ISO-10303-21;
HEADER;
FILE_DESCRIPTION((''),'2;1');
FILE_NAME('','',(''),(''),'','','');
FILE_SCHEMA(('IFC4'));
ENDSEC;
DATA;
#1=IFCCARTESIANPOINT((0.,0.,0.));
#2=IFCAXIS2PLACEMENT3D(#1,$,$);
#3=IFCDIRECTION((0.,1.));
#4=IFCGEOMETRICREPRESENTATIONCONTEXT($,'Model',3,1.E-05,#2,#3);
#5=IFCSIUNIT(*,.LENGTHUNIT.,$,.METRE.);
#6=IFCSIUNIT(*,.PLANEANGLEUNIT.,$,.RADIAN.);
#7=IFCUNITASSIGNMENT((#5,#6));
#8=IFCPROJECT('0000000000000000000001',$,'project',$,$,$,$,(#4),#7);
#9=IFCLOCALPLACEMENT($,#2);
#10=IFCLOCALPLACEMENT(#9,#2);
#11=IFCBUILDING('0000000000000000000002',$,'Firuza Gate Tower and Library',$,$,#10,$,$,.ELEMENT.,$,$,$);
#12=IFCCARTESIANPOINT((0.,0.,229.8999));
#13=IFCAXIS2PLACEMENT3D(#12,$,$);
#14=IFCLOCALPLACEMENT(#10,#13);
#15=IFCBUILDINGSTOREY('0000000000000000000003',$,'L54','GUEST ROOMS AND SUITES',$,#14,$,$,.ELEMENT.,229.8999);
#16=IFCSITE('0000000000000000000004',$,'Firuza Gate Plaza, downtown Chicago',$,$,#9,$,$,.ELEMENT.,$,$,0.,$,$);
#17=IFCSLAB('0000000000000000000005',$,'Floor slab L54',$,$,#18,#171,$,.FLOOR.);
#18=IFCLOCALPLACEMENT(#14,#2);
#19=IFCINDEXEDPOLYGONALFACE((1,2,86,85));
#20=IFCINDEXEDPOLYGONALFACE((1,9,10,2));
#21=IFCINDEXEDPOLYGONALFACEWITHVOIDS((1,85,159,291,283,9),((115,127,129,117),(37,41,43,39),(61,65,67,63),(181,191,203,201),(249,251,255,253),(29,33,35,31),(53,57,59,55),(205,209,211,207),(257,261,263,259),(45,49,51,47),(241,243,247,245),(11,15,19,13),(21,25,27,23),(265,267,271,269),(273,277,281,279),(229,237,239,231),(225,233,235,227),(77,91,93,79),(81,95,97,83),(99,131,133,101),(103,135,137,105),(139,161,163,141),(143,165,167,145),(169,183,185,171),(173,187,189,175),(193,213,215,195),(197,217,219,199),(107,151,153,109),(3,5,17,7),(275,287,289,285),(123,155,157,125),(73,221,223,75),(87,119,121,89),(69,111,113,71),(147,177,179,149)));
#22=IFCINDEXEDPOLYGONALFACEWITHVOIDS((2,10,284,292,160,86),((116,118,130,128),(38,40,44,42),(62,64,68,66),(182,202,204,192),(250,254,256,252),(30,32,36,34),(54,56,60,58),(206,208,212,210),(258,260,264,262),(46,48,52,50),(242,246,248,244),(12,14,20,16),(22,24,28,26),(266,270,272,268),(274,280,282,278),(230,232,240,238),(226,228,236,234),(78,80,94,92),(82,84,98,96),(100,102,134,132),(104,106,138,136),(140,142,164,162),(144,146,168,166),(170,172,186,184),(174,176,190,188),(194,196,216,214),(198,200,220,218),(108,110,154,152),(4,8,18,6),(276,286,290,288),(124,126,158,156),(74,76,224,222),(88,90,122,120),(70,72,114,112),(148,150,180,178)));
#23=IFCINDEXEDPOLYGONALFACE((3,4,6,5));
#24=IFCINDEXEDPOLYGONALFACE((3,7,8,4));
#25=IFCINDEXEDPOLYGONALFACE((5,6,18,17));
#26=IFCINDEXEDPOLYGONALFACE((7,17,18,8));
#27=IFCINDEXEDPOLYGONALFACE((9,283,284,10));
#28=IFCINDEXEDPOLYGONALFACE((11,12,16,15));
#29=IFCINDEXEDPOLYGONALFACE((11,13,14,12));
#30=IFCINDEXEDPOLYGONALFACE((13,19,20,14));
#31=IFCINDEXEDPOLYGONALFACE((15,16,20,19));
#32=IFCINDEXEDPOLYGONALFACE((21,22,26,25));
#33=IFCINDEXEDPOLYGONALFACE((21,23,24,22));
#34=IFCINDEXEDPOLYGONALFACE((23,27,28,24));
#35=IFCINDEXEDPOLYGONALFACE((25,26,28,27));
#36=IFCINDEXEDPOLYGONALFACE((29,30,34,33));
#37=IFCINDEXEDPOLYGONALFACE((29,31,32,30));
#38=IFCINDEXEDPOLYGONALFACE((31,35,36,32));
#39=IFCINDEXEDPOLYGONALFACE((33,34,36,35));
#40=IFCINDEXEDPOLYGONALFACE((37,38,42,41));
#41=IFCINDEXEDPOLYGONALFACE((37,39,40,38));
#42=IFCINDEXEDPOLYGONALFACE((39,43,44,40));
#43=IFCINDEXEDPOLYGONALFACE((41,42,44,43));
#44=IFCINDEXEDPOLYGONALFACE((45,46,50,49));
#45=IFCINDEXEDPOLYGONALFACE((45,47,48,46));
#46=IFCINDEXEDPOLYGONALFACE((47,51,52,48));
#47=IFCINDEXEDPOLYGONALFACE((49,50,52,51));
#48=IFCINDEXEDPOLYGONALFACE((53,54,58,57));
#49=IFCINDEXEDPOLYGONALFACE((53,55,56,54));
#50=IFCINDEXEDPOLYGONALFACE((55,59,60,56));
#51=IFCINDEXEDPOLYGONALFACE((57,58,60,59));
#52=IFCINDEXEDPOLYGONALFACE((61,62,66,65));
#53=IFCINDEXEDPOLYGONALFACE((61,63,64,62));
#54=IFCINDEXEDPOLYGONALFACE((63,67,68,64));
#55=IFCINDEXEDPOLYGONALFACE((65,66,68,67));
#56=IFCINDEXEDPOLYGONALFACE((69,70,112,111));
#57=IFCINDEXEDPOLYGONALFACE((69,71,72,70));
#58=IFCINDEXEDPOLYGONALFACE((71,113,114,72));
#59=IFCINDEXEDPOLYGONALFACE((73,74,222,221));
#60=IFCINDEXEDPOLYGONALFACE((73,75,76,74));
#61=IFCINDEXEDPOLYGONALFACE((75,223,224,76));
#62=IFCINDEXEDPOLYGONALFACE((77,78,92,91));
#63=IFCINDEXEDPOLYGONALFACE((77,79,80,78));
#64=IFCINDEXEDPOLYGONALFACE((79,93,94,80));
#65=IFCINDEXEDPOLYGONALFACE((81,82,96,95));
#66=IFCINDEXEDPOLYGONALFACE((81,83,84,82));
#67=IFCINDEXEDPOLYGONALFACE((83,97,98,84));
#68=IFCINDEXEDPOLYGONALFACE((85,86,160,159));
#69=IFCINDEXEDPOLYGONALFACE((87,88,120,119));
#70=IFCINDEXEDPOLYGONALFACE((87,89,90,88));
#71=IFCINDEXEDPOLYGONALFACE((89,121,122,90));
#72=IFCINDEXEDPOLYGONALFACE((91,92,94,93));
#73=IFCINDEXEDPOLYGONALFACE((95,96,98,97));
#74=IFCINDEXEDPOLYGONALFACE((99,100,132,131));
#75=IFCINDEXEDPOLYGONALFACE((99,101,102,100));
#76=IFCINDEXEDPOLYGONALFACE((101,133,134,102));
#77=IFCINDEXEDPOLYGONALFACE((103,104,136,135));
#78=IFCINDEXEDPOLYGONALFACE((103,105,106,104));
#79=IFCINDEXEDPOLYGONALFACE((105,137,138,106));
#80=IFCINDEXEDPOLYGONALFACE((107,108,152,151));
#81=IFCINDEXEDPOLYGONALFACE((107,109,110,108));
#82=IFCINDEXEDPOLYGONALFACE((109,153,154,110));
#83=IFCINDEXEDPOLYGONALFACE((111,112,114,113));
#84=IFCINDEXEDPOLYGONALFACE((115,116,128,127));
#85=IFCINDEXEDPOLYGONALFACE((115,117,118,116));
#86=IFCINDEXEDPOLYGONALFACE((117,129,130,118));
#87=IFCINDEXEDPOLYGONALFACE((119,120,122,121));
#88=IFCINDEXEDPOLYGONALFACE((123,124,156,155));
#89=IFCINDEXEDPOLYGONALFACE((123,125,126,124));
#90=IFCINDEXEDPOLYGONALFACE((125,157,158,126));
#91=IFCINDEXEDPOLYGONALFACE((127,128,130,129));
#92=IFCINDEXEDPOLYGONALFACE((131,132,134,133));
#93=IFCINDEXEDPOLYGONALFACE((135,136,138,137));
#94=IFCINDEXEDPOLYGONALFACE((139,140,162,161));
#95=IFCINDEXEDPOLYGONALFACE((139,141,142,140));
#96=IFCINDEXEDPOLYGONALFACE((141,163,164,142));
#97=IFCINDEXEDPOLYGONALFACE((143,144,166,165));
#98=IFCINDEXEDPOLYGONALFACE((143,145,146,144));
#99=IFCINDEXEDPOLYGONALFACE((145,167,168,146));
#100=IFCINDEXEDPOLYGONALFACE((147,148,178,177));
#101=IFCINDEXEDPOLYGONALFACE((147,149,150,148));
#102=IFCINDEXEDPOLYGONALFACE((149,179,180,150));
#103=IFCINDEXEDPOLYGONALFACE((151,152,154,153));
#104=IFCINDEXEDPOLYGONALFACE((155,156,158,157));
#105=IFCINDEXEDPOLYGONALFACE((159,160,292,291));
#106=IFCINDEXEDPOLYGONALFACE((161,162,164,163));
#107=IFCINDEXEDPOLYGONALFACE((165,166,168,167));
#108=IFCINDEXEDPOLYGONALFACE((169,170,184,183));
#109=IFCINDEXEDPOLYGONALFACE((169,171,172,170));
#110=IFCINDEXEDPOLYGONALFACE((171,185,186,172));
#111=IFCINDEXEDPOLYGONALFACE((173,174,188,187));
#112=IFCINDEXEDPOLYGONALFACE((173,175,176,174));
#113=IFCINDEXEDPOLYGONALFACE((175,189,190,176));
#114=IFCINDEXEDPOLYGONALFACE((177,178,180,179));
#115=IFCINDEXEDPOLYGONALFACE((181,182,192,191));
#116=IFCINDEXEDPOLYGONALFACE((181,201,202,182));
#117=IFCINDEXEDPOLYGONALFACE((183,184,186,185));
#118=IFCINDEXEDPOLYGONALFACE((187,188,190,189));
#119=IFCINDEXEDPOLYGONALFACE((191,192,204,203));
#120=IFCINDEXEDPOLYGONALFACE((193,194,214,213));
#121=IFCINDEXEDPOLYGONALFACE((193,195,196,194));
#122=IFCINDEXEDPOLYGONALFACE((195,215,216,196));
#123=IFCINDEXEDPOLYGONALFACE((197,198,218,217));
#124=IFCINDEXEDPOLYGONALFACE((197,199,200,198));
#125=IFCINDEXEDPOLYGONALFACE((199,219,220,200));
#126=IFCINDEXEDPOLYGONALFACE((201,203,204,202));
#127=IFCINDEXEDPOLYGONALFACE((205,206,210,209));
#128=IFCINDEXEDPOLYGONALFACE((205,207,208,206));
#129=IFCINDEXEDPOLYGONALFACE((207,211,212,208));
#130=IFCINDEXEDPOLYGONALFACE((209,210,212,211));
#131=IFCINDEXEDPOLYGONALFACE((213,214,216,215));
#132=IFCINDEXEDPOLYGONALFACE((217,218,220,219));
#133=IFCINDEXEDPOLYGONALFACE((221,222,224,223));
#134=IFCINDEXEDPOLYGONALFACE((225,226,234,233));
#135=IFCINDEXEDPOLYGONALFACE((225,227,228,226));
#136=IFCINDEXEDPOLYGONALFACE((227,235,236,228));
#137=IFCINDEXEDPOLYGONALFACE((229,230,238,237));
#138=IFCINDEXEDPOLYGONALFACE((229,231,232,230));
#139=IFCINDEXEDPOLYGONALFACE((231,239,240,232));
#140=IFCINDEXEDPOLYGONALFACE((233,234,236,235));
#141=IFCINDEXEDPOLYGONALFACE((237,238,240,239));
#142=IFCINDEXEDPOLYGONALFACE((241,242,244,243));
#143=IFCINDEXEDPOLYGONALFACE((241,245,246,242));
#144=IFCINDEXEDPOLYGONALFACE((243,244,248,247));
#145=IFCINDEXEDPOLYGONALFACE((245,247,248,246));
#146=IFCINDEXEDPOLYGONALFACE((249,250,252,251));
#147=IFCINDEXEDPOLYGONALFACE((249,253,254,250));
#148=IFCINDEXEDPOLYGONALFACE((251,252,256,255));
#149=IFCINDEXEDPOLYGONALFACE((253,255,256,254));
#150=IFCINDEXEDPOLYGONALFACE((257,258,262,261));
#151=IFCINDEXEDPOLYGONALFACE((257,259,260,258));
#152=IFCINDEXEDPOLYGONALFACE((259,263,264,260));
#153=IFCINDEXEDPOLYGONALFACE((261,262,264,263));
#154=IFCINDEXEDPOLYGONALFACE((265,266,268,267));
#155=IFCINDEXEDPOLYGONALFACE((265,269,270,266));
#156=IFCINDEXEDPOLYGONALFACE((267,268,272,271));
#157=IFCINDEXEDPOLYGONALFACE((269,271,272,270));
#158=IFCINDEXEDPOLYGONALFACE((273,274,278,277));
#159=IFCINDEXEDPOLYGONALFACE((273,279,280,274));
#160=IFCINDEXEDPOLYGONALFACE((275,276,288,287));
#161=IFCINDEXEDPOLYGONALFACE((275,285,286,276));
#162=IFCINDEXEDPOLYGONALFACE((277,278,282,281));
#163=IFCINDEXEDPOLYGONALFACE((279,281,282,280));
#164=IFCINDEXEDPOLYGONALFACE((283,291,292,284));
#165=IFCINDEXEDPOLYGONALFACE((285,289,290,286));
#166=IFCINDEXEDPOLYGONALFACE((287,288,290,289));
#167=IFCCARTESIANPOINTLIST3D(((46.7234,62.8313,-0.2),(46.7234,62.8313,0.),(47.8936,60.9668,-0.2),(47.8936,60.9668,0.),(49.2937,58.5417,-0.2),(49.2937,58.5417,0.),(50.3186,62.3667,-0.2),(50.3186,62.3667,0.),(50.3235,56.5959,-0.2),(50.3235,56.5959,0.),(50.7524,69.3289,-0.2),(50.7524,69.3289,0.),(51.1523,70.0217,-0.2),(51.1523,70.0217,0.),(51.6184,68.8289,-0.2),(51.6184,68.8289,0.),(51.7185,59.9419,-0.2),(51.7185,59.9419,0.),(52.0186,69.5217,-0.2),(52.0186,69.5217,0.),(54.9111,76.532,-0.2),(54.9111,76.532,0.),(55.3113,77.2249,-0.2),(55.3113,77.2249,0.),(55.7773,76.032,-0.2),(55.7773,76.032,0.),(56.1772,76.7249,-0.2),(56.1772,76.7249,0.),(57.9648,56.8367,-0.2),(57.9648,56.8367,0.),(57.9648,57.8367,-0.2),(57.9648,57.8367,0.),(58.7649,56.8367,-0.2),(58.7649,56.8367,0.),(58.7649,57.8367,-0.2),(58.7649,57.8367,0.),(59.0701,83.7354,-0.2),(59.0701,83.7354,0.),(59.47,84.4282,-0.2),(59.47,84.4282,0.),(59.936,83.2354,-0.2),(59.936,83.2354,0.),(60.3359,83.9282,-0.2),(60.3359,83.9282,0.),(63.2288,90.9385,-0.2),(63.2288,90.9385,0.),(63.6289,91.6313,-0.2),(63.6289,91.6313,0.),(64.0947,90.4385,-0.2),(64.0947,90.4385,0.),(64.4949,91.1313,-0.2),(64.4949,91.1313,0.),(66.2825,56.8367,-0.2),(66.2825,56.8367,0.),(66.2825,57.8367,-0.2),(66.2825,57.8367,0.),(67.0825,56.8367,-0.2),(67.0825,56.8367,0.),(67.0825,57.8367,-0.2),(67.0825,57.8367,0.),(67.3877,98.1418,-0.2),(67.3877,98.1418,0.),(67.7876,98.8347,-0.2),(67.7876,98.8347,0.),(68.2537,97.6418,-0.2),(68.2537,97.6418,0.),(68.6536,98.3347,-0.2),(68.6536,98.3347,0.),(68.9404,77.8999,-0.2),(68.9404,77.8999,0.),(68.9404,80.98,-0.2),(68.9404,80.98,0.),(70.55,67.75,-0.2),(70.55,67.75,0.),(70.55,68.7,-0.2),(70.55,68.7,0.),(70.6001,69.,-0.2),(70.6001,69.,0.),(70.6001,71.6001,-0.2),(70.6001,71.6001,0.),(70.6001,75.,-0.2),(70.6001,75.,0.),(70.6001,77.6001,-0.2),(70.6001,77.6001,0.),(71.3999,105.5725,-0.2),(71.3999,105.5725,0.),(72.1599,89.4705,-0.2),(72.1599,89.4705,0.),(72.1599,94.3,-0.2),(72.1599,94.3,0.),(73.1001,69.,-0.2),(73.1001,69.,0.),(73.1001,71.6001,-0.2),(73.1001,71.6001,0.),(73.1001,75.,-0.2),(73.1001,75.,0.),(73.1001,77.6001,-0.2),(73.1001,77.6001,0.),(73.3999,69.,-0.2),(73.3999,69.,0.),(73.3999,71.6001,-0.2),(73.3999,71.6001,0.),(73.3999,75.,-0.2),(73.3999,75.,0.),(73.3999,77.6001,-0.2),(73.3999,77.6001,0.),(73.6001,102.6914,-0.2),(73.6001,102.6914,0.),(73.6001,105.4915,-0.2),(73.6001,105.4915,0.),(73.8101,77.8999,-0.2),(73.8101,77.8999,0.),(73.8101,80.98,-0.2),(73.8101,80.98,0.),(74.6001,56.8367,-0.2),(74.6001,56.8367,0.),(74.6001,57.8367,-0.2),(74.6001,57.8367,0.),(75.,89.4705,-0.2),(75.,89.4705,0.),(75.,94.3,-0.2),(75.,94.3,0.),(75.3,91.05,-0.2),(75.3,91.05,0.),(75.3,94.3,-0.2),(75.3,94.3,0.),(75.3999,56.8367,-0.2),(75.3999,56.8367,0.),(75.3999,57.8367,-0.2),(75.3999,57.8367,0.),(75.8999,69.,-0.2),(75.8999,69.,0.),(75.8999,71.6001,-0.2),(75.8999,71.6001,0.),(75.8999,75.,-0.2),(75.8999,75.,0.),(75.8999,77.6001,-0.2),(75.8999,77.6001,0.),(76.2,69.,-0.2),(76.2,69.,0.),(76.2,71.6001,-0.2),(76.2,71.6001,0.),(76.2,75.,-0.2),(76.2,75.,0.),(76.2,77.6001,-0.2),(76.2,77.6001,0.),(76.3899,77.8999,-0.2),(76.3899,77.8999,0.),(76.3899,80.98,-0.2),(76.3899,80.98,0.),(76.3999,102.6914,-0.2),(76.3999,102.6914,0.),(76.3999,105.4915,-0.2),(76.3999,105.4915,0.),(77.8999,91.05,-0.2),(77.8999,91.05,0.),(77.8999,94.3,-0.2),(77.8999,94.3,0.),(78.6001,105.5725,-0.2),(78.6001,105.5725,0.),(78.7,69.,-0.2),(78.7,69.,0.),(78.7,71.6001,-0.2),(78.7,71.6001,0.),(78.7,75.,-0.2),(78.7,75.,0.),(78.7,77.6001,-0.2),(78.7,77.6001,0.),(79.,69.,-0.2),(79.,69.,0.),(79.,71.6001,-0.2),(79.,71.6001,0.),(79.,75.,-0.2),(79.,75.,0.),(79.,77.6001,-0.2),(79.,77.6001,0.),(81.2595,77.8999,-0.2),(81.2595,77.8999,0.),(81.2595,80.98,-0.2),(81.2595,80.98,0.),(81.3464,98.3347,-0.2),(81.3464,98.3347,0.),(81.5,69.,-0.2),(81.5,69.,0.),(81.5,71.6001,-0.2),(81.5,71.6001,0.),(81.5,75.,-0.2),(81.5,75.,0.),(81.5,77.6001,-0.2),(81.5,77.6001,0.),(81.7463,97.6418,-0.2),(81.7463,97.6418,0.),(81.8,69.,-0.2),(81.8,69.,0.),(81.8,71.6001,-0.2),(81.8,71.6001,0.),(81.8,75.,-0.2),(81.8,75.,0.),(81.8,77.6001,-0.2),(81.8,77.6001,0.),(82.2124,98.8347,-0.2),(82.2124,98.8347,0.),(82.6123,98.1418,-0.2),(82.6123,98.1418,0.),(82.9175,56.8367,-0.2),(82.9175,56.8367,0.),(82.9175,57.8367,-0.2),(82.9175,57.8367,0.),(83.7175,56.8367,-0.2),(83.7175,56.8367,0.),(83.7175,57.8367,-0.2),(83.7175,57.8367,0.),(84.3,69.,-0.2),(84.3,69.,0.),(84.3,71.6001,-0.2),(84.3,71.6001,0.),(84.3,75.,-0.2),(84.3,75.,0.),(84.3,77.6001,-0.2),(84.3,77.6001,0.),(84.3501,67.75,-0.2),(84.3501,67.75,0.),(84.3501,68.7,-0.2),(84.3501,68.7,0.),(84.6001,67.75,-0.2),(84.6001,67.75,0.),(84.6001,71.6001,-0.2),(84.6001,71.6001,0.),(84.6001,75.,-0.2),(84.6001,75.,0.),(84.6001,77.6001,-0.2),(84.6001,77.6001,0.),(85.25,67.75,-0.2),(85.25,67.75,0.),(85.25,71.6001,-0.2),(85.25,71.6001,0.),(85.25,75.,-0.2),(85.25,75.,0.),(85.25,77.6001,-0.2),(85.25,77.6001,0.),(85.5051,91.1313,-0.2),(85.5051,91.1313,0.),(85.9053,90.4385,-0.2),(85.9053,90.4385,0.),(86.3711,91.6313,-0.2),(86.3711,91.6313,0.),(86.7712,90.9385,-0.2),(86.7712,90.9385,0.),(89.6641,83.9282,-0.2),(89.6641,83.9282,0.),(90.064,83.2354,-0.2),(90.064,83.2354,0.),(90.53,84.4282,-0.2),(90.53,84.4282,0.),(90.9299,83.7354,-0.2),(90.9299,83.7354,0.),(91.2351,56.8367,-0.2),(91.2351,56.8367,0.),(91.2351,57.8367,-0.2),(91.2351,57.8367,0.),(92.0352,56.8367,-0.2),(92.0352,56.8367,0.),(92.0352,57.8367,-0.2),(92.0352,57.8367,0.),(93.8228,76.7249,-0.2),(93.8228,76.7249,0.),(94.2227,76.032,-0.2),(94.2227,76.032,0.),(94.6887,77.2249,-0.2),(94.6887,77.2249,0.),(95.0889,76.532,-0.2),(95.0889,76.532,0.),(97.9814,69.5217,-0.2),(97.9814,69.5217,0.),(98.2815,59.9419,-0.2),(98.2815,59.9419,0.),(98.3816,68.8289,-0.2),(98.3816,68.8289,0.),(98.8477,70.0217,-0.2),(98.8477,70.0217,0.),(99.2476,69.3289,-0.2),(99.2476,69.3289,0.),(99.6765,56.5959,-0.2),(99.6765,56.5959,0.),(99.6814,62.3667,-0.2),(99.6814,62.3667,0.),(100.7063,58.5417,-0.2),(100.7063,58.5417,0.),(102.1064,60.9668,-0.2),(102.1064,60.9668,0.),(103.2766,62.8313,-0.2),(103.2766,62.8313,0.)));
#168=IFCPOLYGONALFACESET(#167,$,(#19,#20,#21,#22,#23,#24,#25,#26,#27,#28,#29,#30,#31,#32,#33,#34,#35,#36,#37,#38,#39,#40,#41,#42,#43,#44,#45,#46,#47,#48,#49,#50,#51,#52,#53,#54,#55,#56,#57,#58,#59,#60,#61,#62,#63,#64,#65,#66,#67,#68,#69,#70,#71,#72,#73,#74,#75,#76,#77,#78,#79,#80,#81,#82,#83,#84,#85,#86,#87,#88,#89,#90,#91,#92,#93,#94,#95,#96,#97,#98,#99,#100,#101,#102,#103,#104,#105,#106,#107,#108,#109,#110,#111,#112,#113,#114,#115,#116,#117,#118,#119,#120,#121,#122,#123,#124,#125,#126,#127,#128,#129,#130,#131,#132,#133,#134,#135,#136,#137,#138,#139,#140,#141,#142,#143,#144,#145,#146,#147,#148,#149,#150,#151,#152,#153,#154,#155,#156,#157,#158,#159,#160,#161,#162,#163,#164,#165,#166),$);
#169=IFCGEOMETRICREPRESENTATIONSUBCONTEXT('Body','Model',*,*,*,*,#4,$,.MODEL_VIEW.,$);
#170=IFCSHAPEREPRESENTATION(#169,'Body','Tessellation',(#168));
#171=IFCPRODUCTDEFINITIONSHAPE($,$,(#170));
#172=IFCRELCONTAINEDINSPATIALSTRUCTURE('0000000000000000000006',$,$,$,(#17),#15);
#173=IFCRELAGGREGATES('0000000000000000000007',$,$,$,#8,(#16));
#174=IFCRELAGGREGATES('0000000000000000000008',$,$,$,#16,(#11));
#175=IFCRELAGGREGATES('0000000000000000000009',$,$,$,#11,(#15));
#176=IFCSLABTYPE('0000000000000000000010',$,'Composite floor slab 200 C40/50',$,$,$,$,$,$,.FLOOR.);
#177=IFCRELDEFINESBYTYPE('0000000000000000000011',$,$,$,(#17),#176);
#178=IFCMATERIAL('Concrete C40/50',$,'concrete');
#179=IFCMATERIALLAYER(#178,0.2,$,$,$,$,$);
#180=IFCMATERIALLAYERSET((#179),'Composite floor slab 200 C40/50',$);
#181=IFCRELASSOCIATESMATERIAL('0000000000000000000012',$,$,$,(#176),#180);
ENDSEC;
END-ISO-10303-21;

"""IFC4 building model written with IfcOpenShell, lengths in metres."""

from ifc_helpers import new_model, si_unit, direction, frame, origin, place, context, subcontext, project, spatial, polyline, outline, extrude, material, layer, layer_set, type_object, element, save


model = new_model("IFC4")

# Units and contexts
model_context = context("Model", 3, precision=1e-05, world=origin(), true_north=direction((0.0, 1.0)))
body_context = subcontext(model_context, "Body", "Model", "MODEL_VIEW")
ifc_project = project(units=[si_unit("LENGTHUNIT", "METRE"), si_unit("PLANEANGLEUNIT", "RADIAN")], contexts=[model_context])

# Site, building, storey
site_placement = place(None, origin())
site = spatial("IfcSite", under=ifc_project, at=site_placement, Name="Firuza Gate Plaza, downtown Chicago", CompositionType="ELEMENT", RefElevation=0.0)
building_placement = place(site_placement, origin())
building = spatial("IfcBuilding", under=site, at=building_placement, Name="Firuza Gate Tower and Library", CompositionType="ELEMENT")
storey_placement = place(building_placement, frame((0.0, 0.0, 229.8999)))
storey = spatial("IfcBuildingStorey", under=building, at=storey_placement, Name="L54", Description="GUEST ROOMS AND SUITES", CompositionType="ELEMENT", Elevation=229.8999)

# Slab
ifc_material_1 = material(Name="Concrete C40/50", Category="concrete")
ifc_layer_1 = layer(ifc_material_1, 0.2)
ifc_layer_set_1 = layer_set([ifc_layer_1], Name="Composite floor slab 200 C40/50")
slab_type_1 = type_object("IfcSlabType", Name="Composite floor slab 200 C40/50", PredefinedType="FLOOR", material=ifc_layer_set_1)
slab_1_placement = place(storey_placement, frame((0.0, 0.0, -0.2)))
element("IfcSlab", 1, at=slab_1_placement, inside=storey, type_object=slab_type_1, Name="Floor slab L54", PredefinedType="FLOOR", context=body_context, shape_type="SweptSolid", body=[
    extrude(outline(polyline([(46.7234, 62.8313), (50.3235, 56.5959), (99.6765, 56.5959), (103.2766, 62.8313), (78.6001, 105.5725), (71.3999, 105.5725), (46.7234, 62.8313)]), holes=[polyline([(57.9648, 56.8367), (57.9648, 57.8367), (58.7649, 57.8367), (58.7649, 56.8367), (57.9648, 56.8367)]), polyline([(74.6001, 56.8367), (74.6001, 57.8367), (75.3999, 57.8367), (75.3999, 56.8367), (74.6001, 56.8367)]), polyline([(66.2825, 56.8367), (66.2825, 57.8367), (67.0825, 57.8367), (67.0825, 56.8367), (66.2825, 56.8367)]), polyline([(47.8936, 60.9668), (50.3186, 62.3667), (51.7185, 59.9419), (49.2937, 58.5417), (47.8936, 60.9668)]), polyline([(84.3501, 67.75), (70.55, 67.75), (70.55, 68.7), (84.3501, 68.7), (84.3501, 67.75)]), polyline([(51.1523, 70.0217), (52.0186, 69.5217), (51.6184, 68.8289), (50.7524, 69.3289), (51.1523, 70.0217)]), polyline([(73.1001, 69.0), (70.6001, 69.0), (70.6001, 71.6001), (73.1001, 71.6001), (73.1001, 69.0)]), polyline([(75.8999, 69.0), (73.3999, 69.0), (73.3999, 71.6001), (75.8999, 71.6001), (75.8999, 69.0)]), polyline([(73.1001, 75.0), (70.6001, 75.0), (70.6001, 77.6001), (73.1001, 77.6001), (73.1001, 75.0)]), polyline([(75.8999, 75.0), (73.3999, 75.0), (73.3999, 77.6001), (75.8999, 77.6001), (75.8999, 75.0)]), polyline([(55.3113, 77.2249), (56.1772, 76.7249), (55.7773, 76.032), (54.9111, 76.532), (55.3113, 77.2249)]), polyline([(73.8101, 77.8999), (68.9404, 77.8999), (68.9404, 80.98), (73.8101, 80.98), (73.8101, 77.8999)]), polyline([(59.47, 84.4282), (60.3359, 83.9282), (59.936, 83.2354), (59.0701, 83.7354), (59.47, 84.4282)]), polyline([(63.6289, 91.6313), (64.4949, 91.1313), (64.0947, 90.4385), (63.2288, 90.9385), (63.6289, 91.6313)]), polyline([(72.1599, 89.4705), (72.1599, 94.3), (75.0, 94.3), (75.0, 89.4705), (72.1599, 89.4705)]), polyline([(75.3, 91.05), (75.3, 94.3), (77.8999, 94.3), (77.8999, 91.05), (75.3, 91.05)]), polyline([(68.6536, 98.3347), (68.2537, 97.6418), (67.3877, 98.1418), (67.7876, 98.8347), (68.6536, 98.3347)]), polyline([(76.3999, 105.4915), (76.3999, 102.6914), (73.6001, 102.6914), (73.6001, 105.4915), (76.3999, 105.4915)]), polyline([(91.2351, 56.8367), (91.2351, 57.8367), (92.0352, 57.8367), (92.0352, 56.8367), (91.2351, 56.8367)]), polyline([(82.9175, 56.8367), (82.9175, 57.8367), (83.7175, 57.8367), (83.7175, 56.8367), (82.9175, 56.8367)]), polyline([(100.7063, 58.5417), (98.2815, 59.9419), (99.6814, 62.3667), (102.1064, 60.9668), (100.7063, 58.5417)]), polyline([(99.2476, 69.3289), (98.3816, 68.8289), (97.9814, 69.5217), (98.8477, 70.0217), (99.2476, 69.3289)]), polyline([(85.25, 67.75), (84.6001, 67.75), (84.6001, 71.6001), (85.25, 71.6001), (85.25, 67.75)]), polyline([(81.5, 69.0), (79.0, 69.0), (79.0, 71.6001), (81.5, 71.6001), (81.5, 69.0)]), polyline([(81.8, 69.0), (81.8, 71.6001), (84.3, 71.6001), (84.3, 69.0), (81.8, 69.0)]), polyline([(76.2, 69.0), (76.2, 71.6001), (78.7, 71.6001), (78.7, 69.0), (76.2, 69.0)]), polyline([(81.5, 75.0), (79.0, 75.0), (79.0, 77.6001), (81.5, 77.6001), (81.5, 75.0)]), polyline([(84.3, 75.0), (81.8, 75.0), (81.8, 77.6001), (84.3, 77.6001), (84.3, 75.0)]), polyline([(85.25, 75.0), (84.6001, 75.0), (84.6001, 77.6001), (85.25, 77.6001), (85.25, 75.0)]), polyline([(78.7, 75.0), (76.2, 75.0), (76.2, 77.6001), (78.7, 77.6001), (78.7, 75.0)]), polyline([(95.0889, 76.532), (94.2227, 76.032), (93.8228, 76.7249), (94.6887, 77.2249), (95.0889, 76.532)]), polyline([(81.2595, 77.8999), (76.3899, 77.8999), (76.3899, 80.98), (81.2595, 80.98), (81.2595, 77.8999)]), polyline([(90.9299, 83.7354), (90.064, 83.2354), (89.6641, 83.9282), (90.53, 84.4282), (90.9299, 83.7354)]), polyline([(85.9053, 90.4385), (85.5051, 91.1313), (86.3711, 91.6313), (86.7712, 90.9385), (85.9053, 90.4385)]), polyline([(81.7463, 97.6418), (81.3464, 98.3347), (82.2124, 98.8347), (82.6123, 98.1418), (81.7463, 97.6418)])]), origin(), (0.0, 0.0, 1.0), 0.2),
])

save(model, "model.ifc")
